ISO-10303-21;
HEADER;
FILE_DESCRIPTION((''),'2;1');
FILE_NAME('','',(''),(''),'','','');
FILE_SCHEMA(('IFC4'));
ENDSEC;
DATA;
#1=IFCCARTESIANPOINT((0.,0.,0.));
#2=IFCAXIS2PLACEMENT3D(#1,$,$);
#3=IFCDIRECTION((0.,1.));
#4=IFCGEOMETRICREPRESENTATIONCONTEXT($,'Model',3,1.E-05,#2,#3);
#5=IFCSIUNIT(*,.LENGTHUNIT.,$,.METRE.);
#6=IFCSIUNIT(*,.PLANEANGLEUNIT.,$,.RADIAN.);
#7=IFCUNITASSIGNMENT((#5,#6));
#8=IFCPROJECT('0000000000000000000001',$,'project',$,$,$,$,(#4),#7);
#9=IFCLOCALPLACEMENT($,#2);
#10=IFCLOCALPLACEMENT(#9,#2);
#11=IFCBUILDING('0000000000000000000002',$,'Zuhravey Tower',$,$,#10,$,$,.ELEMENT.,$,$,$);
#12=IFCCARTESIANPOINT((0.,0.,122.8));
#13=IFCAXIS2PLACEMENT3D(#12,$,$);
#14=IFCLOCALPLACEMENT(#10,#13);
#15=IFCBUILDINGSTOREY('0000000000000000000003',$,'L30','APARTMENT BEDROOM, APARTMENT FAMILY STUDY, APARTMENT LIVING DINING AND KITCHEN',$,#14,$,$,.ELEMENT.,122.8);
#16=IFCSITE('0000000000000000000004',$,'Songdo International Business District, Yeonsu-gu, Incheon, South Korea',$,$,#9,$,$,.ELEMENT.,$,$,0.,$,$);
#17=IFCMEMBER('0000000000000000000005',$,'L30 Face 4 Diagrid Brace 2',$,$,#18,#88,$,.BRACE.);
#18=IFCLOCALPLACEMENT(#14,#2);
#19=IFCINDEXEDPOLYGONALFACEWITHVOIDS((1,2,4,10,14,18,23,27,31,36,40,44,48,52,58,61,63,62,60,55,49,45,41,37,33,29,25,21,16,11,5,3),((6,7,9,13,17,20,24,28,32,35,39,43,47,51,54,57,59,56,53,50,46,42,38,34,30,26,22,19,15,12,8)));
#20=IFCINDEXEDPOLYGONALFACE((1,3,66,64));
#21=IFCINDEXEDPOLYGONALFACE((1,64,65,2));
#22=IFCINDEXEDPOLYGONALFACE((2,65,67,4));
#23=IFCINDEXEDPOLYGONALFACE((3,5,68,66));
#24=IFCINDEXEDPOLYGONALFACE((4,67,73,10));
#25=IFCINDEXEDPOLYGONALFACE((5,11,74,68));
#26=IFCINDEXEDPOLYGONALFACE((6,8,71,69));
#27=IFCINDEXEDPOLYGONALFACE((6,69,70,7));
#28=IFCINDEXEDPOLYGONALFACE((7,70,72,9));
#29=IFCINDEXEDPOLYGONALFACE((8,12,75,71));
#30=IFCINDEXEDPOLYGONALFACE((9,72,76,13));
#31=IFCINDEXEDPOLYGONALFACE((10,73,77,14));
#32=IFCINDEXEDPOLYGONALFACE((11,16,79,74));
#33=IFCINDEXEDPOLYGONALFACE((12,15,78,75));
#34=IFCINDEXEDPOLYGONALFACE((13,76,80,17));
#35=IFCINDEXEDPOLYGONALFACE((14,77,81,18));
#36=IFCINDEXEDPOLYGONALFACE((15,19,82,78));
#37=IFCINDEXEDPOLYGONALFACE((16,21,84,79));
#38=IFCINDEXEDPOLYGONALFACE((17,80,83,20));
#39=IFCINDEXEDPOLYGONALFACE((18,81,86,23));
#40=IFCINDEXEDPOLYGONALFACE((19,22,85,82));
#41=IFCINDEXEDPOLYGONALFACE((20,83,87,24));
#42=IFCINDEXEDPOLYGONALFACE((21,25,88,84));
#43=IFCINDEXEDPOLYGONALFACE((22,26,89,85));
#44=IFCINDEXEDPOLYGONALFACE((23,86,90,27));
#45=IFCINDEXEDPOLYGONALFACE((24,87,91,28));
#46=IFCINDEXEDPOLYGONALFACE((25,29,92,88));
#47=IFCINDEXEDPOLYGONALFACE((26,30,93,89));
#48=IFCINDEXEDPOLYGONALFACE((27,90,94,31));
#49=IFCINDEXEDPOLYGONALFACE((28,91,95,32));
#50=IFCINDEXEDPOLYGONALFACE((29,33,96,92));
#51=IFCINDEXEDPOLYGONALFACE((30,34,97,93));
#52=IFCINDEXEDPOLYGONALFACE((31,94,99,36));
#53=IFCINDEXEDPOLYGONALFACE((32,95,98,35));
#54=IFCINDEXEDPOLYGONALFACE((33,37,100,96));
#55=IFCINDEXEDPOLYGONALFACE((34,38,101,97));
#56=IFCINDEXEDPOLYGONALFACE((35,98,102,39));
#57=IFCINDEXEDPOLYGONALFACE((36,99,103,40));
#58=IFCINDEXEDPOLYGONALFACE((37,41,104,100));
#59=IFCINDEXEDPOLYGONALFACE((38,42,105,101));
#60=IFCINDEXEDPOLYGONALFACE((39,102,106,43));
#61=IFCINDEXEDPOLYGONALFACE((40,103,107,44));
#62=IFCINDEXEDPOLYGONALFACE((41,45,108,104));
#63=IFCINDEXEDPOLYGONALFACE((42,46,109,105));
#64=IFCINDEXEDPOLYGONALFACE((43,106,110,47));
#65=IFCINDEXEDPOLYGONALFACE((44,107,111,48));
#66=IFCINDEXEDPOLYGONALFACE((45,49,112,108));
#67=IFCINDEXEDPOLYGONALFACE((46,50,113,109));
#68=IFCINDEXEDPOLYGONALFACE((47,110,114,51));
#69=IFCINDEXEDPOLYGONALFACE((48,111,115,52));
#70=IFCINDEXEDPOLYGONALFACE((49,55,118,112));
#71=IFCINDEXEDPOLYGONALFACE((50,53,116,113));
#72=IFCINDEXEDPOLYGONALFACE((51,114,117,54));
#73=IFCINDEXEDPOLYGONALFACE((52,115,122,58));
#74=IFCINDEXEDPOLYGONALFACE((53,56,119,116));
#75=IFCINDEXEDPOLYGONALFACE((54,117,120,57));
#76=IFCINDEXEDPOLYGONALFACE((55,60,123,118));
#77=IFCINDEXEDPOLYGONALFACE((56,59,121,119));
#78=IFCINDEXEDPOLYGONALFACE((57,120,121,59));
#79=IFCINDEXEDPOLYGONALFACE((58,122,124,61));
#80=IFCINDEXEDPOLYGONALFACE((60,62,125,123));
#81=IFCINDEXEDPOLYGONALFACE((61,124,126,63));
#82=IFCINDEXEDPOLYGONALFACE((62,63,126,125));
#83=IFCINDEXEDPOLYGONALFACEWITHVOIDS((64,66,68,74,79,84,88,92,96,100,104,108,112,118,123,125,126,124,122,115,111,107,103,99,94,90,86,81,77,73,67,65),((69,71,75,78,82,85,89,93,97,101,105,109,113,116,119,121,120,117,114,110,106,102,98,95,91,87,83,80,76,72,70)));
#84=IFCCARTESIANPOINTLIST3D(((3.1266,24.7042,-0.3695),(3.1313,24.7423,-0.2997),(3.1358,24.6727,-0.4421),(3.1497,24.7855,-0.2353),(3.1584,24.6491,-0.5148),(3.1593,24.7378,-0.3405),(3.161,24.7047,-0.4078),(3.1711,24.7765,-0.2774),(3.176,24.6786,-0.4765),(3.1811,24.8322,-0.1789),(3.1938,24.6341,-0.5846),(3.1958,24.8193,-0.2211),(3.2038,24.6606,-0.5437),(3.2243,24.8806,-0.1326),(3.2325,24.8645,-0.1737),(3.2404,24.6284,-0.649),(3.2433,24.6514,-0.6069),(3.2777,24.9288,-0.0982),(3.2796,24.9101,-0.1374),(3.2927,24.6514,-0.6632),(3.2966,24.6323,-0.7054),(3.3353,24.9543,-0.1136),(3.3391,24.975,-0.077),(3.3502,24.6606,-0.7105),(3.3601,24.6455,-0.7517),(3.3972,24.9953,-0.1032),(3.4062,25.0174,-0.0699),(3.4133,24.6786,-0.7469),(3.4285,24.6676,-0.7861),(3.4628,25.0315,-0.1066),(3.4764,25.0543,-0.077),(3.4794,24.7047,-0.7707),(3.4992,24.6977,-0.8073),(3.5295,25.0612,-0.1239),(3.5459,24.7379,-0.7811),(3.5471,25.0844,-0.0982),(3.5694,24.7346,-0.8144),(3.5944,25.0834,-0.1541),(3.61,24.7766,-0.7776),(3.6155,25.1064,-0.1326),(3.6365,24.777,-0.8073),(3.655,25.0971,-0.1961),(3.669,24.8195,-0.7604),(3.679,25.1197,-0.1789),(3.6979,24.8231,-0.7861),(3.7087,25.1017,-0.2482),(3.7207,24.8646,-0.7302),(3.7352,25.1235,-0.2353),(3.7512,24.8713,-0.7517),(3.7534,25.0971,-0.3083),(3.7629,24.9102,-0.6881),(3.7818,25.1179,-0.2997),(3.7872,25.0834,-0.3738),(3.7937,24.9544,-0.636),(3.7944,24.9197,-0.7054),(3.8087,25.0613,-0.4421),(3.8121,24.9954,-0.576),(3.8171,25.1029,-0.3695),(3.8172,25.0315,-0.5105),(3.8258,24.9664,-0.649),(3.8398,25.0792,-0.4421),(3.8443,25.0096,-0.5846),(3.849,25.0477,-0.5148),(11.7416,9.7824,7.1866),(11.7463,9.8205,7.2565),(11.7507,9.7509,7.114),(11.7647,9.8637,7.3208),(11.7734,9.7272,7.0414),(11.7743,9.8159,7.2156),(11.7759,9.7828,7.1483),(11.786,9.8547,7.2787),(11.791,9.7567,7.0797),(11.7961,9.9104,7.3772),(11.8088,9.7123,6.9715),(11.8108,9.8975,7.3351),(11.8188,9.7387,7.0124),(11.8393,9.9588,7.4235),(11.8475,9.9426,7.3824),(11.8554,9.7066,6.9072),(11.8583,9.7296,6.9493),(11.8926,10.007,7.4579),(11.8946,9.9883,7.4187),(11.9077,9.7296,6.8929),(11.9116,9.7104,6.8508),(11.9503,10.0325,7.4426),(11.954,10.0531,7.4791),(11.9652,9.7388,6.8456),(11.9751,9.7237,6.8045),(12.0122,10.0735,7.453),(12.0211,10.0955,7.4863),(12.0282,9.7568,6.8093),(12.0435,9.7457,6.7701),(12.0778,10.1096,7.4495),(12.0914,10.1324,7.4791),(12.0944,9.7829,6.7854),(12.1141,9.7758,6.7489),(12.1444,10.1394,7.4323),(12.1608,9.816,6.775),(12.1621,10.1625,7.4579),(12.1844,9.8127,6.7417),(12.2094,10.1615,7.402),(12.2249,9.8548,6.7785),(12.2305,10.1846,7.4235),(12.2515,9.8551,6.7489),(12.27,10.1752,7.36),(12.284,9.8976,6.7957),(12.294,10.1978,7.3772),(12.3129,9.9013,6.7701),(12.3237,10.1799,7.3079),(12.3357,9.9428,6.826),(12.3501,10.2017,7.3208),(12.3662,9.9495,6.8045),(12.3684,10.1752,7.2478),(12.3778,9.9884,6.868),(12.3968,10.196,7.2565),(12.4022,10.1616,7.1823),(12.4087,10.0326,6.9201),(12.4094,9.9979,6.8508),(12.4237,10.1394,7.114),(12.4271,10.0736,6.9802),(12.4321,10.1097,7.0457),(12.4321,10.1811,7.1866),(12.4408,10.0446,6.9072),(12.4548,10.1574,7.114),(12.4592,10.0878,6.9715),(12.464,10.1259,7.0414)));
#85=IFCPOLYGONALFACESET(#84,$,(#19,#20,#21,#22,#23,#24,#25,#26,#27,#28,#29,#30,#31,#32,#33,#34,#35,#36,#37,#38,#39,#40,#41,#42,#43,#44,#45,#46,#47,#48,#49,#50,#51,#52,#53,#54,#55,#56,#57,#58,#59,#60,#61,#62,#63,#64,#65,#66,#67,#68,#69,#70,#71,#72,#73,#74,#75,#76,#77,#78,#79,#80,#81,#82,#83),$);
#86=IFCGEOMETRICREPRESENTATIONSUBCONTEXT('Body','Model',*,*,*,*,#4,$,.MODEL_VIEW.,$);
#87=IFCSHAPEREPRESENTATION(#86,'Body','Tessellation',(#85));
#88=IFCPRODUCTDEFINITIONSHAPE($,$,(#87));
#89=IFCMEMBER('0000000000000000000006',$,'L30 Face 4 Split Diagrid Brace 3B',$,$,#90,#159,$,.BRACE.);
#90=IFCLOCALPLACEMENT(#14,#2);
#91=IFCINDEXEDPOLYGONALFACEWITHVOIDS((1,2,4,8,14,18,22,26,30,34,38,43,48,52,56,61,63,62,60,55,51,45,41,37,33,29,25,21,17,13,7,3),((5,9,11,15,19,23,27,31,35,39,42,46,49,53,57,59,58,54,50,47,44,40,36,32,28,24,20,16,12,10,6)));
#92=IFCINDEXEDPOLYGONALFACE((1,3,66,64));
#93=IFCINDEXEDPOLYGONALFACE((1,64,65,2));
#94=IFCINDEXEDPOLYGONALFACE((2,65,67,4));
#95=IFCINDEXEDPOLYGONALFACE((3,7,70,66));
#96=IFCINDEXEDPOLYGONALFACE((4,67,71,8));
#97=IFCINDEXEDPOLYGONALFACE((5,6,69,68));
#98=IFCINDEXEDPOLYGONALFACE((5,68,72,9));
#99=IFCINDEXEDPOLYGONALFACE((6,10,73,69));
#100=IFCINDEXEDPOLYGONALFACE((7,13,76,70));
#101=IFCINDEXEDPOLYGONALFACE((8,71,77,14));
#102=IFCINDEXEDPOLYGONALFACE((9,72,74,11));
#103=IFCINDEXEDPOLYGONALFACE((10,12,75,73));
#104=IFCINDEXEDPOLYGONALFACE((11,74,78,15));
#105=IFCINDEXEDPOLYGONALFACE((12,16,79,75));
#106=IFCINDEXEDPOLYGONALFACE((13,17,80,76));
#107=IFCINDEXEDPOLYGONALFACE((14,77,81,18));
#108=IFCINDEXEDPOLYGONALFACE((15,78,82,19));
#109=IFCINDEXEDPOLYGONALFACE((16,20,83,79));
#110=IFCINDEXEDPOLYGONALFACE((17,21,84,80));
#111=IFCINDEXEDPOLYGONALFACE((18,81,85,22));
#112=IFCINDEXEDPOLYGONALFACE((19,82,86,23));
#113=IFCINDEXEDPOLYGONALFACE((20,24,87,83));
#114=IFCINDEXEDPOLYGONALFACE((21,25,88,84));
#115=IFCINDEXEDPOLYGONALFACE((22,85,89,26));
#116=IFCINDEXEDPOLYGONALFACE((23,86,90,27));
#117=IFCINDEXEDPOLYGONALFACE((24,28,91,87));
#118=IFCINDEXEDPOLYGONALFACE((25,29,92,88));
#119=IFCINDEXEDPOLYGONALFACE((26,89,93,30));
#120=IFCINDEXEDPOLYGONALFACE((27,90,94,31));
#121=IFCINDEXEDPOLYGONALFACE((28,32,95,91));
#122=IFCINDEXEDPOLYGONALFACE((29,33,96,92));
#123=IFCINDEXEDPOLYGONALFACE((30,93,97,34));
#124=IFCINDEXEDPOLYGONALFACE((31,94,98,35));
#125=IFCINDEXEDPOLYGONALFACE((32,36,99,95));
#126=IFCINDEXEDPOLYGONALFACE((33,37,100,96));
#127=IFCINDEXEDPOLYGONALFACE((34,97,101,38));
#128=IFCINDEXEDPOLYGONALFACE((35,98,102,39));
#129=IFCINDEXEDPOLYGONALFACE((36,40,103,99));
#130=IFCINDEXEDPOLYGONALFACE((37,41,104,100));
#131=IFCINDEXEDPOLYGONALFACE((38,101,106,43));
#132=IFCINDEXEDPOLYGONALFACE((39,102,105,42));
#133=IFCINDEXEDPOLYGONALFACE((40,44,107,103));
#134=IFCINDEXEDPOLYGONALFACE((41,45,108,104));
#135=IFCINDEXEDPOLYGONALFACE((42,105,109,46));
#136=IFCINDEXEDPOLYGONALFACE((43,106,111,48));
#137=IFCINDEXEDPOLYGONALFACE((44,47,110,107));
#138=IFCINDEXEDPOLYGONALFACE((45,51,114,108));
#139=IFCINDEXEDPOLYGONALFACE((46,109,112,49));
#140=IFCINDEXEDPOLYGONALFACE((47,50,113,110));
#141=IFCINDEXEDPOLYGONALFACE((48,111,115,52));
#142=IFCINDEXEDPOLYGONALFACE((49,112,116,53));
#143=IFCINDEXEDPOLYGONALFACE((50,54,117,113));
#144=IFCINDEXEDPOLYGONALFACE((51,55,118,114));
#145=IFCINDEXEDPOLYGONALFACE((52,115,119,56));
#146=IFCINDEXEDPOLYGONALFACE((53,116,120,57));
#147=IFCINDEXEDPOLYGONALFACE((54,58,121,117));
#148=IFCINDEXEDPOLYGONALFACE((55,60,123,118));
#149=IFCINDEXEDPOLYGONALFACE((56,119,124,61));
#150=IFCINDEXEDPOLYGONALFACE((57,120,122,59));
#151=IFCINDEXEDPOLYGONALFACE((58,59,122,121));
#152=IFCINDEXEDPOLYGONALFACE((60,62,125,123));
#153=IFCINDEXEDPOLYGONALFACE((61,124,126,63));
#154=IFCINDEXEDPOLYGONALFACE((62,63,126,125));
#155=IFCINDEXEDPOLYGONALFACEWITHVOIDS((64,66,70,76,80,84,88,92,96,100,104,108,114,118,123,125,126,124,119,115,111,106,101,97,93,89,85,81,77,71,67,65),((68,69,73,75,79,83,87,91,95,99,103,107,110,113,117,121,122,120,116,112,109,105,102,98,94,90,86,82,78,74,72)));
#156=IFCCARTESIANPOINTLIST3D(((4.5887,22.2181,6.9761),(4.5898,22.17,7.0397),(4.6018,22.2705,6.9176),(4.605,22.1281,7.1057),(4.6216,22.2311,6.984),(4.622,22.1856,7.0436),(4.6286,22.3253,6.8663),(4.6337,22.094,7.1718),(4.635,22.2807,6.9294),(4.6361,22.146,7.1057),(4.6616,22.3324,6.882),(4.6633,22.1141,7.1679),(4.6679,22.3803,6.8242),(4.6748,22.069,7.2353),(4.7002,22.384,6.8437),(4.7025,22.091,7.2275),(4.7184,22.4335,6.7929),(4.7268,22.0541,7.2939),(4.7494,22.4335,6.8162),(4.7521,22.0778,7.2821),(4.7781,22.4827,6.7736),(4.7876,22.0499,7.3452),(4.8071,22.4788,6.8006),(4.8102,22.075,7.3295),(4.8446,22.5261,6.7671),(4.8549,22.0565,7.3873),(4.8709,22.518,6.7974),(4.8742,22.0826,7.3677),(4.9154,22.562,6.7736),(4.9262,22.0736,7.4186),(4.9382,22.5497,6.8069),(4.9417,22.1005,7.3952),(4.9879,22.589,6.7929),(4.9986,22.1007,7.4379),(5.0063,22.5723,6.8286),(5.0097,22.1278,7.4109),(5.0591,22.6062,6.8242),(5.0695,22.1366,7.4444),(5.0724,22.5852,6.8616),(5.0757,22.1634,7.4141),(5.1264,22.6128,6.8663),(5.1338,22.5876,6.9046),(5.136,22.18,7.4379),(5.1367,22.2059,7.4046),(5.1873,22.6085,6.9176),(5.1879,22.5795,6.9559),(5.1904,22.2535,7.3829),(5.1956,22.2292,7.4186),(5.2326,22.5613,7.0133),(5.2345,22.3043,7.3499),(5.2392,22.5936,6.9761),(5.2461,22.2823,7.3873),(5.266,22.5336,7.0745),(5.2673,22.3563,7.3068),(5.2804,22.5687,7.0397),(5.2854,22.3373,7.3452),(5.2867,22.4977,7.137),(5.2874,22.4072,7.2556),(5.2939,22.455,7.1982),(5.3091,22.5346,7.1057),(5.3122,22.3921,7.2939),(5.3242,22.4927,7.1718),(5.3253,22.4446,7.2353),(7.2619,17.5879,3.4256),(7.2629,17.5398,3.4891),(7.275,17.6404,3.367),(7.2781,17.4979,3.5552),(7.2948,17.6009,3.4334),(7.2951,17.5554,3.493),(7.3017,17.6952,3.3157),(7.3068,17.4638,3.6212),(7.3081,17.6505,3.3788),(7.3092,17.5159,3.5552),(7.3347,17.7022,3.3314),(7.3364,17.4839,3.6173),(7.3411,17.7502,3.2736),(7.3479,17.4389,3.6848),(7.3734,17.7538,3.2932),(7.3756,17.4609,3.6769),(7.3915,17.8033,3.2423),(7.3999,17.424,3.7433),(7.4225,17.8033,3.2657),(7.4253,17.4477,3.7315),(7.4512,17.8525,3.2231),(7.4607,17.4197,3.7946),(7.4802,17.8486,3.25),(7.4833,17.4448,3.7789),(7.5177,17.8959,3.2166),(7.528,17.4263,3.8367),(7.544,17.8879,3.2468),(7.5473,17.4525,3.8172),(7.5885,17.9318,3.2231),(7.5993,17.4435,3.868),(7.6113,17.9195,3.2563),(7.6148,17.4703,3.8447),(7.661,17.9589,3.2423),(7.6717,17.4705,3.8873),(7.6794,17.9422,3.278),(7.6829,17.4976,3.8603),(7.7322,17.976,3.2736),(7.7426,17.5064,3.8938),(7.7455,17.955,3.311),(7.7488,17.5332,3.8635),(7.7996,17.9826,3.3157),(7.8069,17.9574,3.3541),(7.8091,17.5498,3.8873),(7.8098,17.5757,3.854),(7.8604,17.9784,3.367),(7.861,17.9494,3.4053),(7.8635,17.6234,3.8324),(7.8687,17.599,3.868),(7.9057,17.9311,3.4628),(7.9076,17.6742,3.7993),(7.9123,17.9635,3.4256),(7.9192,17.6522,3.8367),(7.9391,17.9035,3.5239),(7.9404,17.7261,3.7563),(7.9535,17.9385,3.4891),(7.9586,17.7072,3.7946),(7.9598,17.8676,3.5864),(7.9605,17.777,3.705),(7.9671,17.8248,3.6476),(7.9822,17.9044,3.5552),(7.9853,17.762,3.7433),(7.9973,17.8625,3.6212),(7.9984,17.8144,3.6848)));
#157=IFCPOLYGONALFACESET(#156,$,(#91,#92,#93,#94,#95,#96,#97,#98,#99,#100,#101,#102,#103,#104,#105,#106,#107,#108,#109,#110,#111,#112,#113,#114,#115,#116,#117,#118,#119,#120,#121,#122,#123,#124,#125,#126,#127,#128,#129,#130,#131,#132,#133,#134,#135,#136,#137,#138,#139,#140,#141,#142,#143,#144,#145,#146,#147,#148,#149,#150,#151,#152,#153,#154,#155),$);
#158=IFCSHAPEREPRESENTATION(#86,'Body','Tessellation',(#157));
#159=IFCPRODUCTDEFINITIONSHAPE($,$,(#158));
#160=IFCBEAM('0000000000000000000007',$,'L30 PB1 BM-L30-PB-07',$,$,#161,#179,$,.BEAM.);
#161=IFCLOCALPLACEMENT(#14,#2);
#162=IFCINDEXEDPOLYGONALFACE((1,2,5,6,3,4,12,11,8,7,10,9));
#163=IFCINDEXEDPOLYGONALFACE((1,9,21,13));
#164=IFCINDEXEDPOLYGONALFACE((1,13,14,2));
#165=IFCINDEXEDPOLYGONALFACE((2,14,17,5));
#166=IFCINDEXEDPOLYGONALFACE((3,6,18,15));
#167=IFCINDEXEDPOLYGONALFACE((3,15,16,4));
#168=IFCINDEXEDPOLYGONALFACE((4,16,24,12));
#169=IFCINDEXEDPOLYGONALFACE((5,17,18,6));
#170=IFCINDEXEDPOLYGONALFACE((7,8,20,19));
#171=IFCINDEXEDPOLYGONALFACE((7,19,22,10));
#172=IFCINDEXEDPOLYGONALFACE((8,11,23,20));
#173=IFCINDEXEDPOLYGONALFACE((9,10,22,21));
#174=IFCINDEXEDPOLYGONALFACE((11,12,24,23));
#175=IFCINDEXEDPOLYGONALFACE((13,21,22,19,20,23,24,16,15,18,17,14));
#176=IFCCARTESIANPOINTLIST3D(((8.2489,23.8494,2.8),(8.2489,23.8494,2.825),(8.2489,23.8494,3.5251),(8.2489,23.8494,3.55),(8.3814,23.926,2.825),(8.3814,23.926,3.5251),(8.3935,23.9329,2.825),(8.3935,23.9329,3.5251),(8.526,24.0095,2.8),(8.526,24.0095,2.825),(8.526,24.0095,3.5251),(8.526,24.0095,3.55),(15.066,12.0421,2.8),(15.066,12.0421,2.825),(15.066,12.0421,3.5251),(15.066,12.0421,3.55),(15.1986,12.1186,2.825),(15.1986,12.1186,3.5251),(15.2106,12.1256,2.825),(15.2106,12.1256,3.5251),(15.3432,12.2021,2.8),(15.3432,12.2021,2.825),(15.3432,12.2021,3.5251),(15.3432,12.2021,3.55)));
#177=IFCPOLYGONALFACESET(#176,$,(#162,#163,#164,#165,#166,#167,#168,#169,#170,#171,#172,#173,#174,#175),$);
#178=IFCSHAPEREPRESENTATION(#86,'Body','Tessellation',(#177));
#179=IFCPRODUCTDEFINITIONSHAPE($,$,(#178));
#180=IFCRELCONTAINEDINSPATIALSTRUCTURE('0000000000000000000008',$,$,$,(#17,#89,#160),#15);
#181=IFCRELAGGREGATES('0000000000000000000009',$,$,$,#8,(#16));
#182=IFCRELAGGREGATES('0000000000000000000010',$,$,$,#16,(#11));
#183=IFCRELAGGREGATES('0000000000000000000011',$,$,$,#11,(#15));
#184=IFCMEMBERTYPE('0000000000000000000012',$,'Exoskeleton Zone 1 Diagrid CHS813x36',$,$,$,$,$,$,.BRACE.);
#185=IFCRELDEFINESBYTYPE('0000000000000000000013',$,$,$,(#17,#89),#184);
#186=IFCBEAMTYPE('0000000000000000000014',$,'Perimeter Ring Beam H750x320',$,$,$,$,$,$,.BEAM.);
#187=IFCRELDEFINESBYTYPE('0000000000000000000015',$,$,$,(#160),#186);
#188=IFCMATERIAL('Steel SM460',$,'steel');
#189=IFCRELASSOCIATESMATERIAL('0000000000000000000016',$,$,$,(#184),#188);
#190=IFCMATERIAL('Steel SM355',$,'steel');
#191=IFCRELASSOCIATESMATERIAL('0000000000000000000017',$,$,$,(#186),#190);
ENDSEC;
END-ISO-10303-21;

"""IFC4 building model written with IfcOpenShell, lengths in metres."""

from ifc_helpers import new_model, si_unit, direction, frame, origin, origin_2d, place, context, subcontext, project, spatial, hollow_circle, i_section, extrude, material, material_profile, profile_set, type_object, element, save


model = new_model("IFC4")

# Units and contexts
model_context = context("Model", 3, precision=1e-05, world=origin(), true_north=direction((0.0, 1.0)))
body_context = subcontext(model_context, "Body", "Model", "MODEL_VIEW")
ifc_project = project(units=[si_unit("LENGTHUNIT", "METRE"), si_unit("PLANEANGLEUNIT", "RADIAN")], contexts=[model_context])

# Site, building, storey
site_placement = place(None, origin())
site = spatial("IfcSite", under=ifc_project, at=site_placement, Name="Songdo International Business District, Yeonsu-gu, Incheon, South Korea", CompositionType="ELEMENT", RefElevation=0.0)
building_placement = place(site_placement, origin())
building = spatial("IfcBuilding", under=site, at=building_placement, Name="Zuhravey Tower", CompositionType="ELEMENT")
storey_placement = place(building_placement, frame((0.0, 0.0, 122.8)))
storey = spatial("IfcBuildingStorey", under=building, at=storey_placement, Name="L30", Description="APARTMENT BEDROOM, APARTMENT FAMILY STUDY, APARTMENT LIVING DINING AND KITCHEN", CompositionType="ELEMENT", Elevation=122.8)

# Members
ifc_material_1 = material(Name="Steel SM355", Category="steel")
ifc_material_2 = material(Name="Steel SM460", Category="steel")
ifc_material_profile_1 = material_profile(ifc_material_2, hollow_circle(Radius=0.4065, WallThickness=0.0359, at=origin_2d()), Name="CHS-812.8x36")
ifc_profile_set_1 = profile_set([ifc_material_profile_1], Name="Steel SM460")
member_type_1 = type_object("IfcMemberType", Name="Exoskeleton Zone 1 Diagrid CHS813x36", PredefinedType="BRACE", material=ifc_profile_set_1)
member_1_placement = place(storey_placement, frame((3.4878, 24.876, -0.4421), z_axis=(0.457897, -0.793116, 0.401619), x_axis=(0.866029, 0.499993, 0.0)))
element("IfcMember", 1, at=member_1_placement, inside=storey, type_object=member_type_1, Name="L30 Face 4 Diagrid Brace 2", PredefinedType="BRACE", context=body_context, shape_type="SweptSolid", body=[
    extrude(hollow_circle(Radius=0.4065, WallThickness=0.0359, at=origin_2d()), origin(), (0.0, 0.0, 1.0), 18.8142),
])
member_2_placement = place(storey_placement, frame((7.6301, 17.7012, 3.5552), z_axis=(-0.416504, 0.721436, 0.553222), x_axis=(-0.866034, -0.499985, 0.0)))
element("IfcMember", 2, at=member_2_placement, inside=storey, type_object=member_type_1, Name="L30 Face 4 Split Diagrid Brace 3B", PredefinedType="BRACE", context=body_context, shape_type="SweptSolid", body=[
    extrude(hollow_circle(Radius=0.4065, WallThickness=0.0359, at=origin_2d()), origin(), (0.0, 0.0, 1.0), 6.418),
])

# Beam
ifc_material_profile_2 = material_profile(ifc_material_1, i_section(OverallWidth=0.3201, OverallDepth=0.75, WebThickness=0.0139, FlangeThickness=0.0249, at=origin_2d()), Name="H-750x320x14x25")
ifc_profile_set_2 = profile_set([ifc_material_profile_2], Name="Steel SM355")
beam_type_1 = type_object("IfcBeamType", Name="Perimeter Ring Beam H750x320", PredefinedType="BEAM", material=ifc_profile_set_2)
beam_1_placement = place(storey_placement, frame((8.3875, 23.9294, 3.175), z_axis=(0.500008, -0.866021, 0.0), x_axis=(0.866021, 0.500008, 0.0)))
element("IfcBeam", 3, at=beam_1_placement, inside=storey, type_object=beam_type_1, Name="L30 PB1 BM-L30-PB-07", PredefinedType="BEAM", context=body_context, shape_type="SweptSolid", body=[
    extrude(i_section(OverallWidth=0.3201, OverallDepth=0.75, WebThickness=0.0139, FlangeThickness=0.0249, at=origin_2d()), origin(), (0.0, 0.0, 1.0), 13.634),
])

save(model, "model.ifc")
